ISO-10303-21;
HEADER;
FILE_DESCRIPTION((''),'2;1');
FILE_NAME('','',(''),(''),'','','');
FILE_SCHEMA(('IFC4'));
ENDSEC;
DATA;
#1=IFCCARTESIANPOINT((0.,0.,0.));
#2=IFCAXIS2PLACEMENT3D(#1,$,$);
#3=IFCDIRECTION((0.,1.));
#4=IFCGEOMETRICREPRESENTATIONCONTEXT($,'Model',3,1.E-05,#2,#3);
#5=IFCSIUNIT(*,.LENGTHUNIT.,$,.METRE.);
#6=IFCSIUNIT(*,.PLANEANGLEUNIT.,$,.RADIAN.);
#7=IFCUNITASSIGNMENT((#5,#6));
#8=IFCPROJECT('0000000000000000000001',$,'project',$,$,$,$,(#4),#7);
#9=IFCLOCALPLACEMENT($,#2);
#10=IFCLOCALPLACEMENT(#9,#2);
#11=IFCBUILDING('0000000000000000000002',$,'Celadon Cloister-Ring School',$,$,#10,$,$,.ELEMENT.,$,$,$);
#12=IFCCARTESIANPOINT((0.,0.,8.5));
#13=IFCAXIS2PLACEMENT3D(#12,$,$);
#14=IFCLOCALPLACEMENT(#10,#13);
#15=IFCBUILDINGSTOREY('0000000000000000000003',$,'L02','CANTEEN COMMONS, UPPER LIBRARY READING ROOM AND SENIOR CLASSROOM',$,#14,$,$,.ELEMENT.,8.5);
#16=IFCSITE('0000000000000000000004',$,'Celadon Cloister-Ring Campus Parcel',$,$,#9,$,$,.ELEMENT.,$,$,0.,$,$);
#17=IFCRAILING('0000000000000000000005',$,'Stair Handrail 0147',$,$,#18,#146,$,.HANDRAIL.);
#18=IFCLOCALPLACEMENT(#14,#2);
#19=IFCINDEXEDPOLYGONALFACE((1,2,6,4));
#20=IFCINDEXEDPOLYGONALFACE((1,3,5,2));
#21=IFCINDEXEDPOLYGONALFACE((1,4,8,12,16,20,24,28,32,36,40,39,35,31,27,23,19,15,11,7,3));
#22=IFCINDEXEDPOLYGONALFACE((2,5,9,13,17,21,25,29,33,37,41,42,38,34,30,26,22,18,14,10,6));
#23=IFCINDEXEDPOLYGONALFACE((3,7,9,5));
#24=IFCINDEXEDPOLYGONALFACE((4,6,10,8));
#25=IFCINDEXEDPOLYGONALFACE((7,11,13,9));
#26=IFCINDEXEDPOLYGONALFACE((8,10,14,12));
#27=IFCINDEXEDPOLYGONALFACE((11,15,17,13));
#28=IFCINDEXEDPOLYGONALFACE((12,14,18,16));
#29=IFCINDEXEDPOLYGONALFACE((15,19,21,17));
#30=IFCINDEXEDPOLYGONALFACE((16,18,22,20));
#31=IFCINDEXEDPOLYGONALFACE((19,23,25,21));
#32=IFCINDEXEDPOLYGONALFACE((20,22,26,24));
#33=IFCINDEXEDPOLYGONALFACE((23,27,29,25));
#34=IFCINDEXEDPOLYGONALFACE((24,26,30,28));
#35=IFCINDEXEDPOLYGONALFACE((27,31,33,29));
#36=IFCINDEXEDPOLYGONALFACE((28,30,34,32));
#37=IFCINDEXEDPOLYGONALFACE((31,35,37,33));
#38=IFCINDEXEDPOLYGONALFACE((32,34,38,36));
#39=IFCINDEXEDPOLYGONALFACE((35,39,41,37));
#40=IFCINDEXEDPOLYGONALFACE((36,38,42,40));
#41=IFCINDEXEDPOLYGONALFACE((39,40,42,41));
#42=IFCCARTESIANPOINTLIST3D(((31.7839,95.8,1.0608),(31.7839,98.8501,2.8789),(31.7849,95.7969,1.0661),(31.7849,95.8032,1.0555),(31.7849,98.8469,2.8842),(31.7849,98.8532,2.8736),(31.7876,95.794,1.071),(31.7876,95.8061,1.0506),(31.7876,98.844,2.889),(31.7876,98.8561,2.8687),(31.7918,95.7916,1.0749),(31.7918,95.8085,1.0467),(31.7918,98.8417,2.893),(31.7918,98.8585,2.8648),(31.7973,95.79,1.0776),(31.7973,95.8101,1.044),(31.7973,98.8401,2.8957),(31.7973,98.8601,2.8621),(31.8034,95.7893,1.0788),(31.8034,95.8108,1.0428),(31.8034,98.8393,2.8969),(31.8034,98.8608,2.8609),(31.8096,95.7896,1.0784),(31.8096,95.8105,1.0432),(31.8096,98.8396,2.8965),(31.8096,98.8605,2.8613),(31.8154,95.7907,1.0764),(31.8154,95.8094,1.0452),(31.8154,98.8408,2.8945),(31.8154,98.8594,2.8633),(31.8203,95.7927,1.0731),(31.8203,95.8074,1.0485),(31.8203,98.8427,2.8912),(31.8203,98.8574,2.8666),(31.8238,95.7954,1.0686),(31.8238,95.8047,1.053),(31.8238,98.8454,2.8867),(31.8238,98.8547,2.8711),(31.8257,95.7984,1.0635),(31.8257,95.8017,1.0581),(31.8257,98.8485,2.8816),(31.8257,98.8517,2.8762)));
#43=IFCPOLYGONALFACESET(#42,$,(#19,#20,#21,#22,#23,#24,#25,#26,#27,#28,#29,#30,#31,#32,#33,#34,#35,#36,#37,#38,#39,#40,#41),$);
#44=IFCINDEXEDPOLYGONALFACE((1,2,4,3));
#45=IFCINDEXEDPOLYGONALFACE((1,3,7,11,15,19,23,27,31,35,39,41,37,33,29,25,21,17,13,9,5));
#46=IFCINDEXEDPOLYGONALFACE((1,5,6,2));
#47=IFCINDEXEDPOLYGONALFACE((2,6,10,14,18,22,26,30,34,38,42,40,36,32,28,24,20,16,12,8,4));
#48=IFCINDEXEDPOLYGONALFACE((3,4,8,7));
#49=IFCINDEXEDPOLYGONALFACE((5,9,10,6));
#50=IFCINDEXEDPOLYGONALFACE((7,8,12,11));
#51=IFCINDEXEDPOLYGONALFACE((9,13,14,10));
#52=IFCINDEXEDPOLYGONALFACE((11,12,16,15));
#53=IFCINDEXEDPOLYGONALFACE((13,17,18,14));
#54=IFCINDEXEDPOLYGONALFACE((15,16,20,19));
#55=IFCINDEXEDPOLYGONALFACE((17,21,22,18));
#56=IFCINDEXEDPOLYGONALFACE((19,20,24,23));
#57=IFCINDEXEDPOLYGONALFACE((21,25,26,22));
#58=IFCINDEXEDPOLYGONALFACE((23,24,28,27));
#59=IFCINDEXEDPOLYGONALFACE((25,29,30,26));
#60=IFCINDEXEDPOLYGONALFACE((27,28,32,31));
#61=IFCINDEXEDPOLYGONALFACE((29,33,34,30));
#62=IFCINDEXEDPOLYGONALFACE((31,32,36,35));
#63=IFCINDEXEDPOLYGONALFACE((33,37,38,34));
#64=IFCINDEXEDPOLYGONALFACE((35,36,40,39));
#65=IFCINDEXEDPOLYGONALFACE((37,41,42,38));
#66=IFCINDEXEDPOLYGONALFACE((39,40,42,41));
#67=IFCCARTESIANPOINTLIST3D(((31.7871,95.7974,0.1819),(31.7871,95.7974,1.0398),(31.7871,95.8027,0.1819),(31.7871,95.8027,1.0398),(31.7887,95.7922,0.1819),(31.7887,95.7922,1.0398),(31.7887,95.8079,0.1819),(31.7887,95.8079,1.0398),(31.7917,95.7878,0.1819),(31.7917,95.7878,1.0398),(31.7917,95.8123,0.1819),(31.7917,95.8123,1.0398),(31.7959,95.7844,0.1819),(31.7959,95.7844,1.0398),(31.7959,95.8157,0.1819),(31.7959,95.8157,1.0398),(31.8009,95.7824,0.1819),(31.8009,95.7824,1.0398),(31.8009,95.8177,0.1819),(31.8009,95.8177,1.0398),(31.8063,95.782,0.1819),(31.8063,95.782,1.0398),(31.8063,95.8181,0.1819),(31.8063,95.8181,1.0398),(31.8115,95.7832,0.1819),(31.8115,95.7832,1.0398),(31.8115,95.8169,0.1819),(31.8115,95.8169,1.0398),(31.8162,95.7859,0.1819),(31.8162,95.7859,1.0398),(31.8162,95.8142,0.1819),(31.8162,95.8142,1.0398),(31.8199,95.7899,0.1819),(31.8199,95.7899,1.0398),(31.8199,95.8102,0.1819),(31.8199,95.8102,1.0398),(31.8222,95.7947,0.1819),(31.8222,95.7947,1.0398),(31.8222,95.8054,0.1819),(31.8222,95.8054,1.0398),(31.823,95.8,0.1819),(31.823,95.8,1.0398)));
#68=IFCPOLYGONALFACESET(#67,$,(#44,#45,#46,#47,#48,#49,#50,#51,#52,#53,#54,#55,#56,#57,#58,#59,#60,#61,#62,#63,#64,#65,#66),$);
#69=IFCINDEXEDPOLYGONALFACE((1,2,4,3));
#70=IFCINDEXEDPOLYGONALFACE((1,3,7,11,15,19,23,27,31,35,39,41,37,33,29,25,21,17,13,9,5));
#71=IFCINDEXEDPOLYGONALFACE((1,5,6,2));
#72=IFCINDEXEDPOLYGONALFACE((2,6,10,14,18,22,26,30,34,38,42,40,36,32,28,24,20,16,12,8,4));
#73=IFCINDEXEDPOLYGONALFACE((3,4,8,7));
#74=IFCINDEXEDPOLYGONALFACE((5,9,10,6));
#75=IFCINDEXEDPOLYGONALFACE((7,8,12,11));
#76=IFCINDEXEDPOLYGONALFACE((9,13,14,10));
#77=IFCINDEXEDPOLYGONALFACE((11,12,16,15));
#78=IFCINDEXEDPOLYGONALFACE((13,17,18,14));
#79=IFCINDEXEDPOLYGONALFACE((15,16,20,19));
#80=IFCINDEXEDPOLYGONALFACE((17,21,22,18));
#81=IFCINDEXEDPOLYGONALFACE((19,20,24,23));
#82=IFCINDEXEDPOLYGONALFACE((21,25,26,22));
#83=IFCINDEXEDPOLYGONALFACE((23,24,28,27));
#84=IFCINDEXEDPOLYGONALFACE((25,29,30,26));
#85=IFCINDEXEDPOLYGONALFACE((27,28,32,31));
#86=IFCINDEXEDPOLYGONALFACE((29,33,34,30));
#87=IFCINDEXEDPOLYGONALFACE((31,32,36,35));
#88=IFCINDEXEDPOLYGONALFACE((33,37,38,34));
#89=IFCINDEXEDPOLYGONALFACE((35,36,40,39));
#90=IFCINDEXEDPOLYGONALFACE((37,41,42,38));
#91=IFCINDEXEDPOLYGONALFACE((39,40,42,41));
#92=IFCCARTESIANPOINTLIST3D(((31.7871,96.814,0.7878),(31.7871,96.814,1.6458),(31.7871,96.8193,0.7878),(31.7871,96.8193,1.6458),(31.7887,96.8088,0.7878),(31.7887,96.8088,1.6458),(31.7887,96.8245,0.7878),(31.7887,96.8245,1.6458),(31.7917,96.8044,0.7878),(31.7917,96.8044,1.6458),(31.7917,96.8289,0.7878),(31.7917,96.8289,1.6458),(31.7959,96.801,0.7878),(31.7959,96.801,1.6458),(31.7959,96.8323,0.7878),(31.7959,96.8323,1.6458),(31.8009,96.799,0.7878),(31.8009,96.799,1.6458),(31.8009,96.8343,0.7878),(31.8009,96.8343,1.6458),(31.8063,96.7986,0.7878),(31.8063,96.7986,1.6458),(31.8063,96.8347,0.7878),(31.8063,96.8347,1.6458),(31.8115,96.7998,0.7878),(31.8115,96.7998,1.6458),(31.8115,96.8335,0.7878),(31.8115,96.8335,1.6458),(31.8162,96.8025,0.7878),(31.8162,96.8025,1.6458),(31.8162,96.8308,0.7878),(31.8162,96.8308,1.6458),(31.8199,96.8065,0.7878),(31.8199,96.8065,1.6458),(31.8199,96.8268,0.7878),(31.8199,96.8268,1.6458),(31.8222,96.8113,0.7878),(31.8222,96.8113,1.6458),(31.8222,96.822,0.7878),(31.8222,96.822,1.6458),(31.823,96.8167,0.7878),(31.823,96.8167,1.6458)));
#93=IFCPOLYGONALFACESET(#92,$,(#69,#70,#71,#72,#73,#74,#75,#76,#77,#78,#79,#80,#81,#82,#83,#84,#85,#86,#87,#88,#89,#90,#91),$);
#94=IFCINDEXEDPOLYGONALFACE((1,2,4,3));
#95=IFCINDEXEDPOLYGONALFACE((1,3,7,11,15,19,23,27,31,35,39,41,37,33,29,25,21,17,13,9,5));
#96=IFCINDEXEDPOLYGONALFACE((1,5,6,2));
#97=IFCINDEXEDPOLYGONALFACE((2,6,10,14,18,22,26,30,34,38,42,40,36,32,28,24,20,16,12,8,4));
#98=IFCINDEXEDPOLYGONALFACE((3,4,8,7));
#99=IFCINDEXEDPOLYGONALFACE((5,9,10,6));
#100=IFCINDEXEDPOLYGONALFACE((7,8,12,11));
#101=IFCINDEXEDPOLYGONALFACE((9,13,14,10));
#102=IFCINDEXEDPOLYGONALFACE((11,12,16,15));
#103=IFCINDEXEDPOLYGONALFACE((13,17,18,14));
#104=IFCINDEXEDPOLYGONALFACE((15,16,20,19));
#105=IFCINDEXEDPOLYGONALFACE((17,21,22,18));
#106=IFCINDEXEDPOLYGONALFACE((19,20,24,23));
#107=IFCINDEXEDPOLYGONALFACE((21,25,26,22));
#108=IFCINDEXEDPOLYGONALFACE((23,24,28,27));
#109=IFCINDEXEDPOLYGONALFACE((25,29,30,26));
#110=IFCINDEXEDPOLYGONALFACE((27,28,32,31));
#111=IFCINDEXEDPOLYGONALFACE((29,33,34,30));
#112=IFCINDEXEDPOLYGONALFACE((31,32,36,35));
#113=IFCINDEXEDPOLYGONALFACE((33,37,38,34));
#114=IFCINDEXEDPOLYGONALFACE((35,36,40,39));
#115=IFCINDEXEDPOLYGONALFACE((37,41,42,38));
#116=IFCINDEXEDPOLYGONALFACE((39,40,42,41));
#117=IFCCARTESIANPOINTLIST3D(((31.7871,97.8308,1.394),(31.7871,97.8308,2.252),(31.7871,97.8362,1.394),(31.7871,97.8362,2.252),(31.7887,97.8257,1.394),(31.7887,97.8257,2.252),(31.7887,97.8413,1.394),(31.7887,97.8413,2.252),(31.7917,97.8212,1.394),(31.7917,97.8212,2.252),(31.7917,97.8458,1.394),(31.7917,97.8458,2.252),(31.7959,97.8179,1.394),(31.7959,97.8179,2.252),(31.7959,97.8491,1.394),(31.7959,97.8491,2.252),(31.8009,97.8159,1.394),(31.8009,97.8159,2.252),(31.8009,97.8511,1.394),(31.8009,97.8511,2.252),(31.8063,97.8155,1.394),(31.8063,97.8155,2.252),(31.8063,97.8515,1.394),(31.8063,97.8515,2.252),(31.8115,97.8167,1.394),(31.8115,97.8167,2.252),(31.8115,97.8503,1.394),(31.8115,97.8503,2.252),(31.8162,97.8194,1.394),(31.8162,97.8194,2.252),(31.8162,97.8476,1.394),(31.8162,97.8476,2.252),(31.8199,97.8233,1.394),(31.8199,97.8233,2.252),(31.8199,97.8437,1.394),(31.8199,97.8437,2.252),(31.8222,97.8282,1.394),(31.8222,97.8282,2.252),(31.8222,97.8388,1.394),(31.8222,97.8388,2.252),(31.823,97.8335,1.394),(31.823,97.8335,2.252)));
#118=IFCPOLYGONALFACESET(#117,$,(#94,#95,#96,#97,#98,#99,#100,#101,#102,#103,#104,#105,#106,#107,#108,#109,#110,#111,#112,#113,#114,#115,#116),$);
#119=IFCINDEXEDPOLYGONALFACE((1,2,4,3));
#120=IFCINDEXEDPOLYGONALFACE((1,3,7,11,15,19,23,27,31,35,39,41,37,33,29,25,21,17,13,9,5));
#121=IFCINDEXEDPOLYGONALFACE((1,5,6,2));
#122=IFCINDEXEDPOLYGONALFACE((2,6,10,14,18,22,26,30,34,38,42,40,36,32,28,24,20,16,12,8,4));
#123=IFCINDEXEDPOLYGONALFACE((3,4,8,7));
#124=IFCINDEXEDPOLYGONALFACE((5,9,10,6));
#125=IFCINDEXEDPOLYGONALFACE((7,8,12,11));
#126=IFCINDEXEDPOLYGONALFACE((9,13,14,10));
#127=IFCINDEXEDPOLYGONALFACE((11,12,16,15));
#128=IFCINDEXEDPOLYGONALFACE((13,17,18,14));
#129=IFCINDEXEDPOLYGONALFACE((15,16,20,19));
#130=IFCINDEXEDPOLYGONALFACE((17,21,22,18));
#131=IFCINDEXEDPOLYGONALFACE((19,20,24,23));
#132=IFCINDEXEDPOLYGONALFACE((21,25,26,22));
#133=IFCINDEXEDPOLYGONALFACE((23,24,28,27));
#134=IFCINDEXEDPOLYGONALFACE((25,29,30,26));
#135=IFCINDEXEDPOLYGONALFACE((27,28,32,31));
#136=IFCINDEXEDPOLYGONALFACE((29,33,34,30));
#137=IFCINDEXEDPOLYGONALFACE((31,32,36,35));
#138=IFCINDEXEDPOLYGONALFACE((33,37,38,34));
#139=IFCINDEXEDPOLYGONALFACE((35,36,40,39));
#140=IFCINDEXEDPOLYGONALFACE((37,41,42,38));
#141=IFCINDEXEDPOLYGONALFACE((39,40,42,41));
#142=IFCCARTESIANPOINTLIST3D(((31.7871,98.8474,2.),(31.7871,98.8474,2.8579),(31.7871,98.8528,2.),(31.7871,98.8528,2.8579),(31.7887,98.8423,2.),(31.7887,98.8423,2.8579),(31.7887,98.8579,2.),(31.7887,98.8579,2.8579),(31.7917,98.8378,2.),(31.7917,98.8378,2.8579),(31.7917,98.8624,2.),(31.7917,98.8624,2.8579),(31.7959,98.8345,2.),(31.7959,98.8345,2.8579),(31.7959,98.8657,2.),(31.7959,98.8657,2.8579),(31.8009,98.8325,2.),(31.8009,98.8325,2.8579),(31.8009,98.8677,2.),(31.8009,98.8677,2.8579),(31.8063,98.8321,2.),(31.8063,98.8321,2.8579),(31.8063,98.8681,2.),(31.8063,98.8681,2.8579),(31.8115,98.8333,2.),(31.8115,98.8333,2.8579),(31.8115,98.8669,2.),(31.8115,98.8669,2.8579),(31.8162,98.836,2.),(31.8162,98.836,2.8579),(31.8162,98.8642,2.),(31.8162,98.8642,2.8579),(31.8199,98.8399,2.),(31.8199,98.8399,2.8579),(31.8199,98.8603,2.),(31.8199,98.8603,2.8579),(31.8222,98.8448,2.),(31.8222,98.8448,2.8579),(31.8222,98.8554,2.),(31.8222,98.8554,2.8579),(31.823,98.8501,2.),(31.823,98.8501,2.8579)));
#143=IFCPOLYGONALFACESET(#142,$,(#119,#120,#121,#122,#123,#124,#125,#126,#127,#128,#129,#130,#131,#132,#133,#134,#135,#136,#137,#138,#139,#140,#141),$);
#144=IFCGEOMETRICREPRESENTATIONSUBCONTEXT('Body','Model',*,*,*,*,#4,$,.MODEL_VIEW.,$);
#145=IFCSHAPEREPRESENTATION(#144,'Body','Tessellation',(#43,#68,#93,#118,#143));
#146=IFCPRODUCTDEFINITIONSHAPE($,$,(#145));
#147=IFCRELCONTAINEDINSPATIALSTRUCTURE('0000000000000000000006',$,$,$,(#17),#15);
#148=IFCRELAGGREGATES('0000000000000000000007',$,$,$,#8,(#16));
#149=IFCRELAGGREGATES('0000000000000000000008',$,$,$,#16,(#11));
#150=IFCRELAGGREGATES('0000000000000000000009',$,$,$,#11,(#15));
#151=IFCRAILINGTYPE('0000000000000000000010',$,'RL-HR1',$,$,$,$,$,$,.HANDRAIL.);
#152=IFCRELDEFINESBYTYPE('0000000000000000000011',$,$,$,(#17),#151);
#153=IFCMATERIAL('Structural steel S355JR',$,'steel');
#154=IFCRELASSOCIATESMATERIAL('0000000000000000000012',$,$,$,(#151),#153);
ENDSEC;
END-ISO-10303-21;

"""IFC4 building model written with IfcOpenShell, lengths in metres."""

from ifc_helpers import new_model, si_unit, direction, frame, origin, origin_2d, place, context, subcontext, project, spatial, circle, extrude, material, type_object, element, save


model = new_model("IFC4")

# Units and contexts
model_context = context("Model", 3, precision=1e-05, world=origin(), true_north=direction((0.0, 1.0)))
body_context = subcontext(model_context, "Body", "Model", "MODEL_VIEW")
ifc_project = project(units=[si_unit("LENGTHUNIT", "METRE"), si_unit("PLANEANGLEUNIT", "RADIAN")], contexts=[model_context])

# Site, building, storey
site_placement = place(None, origin())
site = spatial("IfcSite", under=ifc_project, at=site_placement, Name="Celadon Cloister-Ring Campus Parcel", CompositionType="ELEMENT", RefElevation=0.0)
building_placement = place(site_placement, origin())
building = spatial("IfcBuilding", under=site, at=building_placement, Name="Celadon Cloister-Ring School", CompositionType="ELEMENT")
storey_placement = place(building_placement, frame((0.0, 0.0, 8.5)))
storey = spatial("IfcBuildingStorey", under=building, at=storey_placement, Name="L02", Description="CANTEEN COMMONS, UPPER LIBRARY READING ROOM AND SENIOR CLASSROOM", CompositionType="ELEMENT", Elevation=8.5)

# Railing
ifc_material_1 = material(Name="Structural steel S355JR", Category="steel")
railing_type_1 = type_object("IfcRailingType", Name="RL-HR1", PredefinedType="HANDRAIL", material=ifc_material_1)
for number, where, name in (
    (1, (31.8049, 95.8, 0.1819), "Stair Handrail 0147"),
):
    element("IfcRailing", number, at=place(storey_placement, frame(where)), inside=storey, type_object=railing_type_1, Name=name, PredefinedType="HANDRAIL", context=body_context, shape_type="SweptSolid", body=[
        extrude(circle(Radius=0.021, at=origin_2d()), frame((0.0, 0.0, 0.8789), z_axis=(0.0, 0.85897, 0.512026), x_axis=(-1.0, 0.0, 0.0)), (0.0, 0.0, 1.0), 3.5508),
        extrude(circle(Radius=0.0181, at=origin_2d()), origin(), (0.0, 0.0, 1.0), 0.8579),
        extrude(circle(Radius=0.0181, at=origin_2d()), frame((0.0, 1.0166, 0.606)), (0.0, 0.0, 1.0), 0.8579),
        extrude(circle(Radius=0.0181, at=origin_2d()), frame((0.0, 2.0334, 1.2122)), (0.0, 0.0, 1.0), 0.8579),
        extrude(circle(Radius=0.0181, at=origin_2d()), frame((0.0, 3.05, 1.8181)), (0.0, 0.0, 1.0), 0.8579),
    ])

save(model, "model.ifc")
